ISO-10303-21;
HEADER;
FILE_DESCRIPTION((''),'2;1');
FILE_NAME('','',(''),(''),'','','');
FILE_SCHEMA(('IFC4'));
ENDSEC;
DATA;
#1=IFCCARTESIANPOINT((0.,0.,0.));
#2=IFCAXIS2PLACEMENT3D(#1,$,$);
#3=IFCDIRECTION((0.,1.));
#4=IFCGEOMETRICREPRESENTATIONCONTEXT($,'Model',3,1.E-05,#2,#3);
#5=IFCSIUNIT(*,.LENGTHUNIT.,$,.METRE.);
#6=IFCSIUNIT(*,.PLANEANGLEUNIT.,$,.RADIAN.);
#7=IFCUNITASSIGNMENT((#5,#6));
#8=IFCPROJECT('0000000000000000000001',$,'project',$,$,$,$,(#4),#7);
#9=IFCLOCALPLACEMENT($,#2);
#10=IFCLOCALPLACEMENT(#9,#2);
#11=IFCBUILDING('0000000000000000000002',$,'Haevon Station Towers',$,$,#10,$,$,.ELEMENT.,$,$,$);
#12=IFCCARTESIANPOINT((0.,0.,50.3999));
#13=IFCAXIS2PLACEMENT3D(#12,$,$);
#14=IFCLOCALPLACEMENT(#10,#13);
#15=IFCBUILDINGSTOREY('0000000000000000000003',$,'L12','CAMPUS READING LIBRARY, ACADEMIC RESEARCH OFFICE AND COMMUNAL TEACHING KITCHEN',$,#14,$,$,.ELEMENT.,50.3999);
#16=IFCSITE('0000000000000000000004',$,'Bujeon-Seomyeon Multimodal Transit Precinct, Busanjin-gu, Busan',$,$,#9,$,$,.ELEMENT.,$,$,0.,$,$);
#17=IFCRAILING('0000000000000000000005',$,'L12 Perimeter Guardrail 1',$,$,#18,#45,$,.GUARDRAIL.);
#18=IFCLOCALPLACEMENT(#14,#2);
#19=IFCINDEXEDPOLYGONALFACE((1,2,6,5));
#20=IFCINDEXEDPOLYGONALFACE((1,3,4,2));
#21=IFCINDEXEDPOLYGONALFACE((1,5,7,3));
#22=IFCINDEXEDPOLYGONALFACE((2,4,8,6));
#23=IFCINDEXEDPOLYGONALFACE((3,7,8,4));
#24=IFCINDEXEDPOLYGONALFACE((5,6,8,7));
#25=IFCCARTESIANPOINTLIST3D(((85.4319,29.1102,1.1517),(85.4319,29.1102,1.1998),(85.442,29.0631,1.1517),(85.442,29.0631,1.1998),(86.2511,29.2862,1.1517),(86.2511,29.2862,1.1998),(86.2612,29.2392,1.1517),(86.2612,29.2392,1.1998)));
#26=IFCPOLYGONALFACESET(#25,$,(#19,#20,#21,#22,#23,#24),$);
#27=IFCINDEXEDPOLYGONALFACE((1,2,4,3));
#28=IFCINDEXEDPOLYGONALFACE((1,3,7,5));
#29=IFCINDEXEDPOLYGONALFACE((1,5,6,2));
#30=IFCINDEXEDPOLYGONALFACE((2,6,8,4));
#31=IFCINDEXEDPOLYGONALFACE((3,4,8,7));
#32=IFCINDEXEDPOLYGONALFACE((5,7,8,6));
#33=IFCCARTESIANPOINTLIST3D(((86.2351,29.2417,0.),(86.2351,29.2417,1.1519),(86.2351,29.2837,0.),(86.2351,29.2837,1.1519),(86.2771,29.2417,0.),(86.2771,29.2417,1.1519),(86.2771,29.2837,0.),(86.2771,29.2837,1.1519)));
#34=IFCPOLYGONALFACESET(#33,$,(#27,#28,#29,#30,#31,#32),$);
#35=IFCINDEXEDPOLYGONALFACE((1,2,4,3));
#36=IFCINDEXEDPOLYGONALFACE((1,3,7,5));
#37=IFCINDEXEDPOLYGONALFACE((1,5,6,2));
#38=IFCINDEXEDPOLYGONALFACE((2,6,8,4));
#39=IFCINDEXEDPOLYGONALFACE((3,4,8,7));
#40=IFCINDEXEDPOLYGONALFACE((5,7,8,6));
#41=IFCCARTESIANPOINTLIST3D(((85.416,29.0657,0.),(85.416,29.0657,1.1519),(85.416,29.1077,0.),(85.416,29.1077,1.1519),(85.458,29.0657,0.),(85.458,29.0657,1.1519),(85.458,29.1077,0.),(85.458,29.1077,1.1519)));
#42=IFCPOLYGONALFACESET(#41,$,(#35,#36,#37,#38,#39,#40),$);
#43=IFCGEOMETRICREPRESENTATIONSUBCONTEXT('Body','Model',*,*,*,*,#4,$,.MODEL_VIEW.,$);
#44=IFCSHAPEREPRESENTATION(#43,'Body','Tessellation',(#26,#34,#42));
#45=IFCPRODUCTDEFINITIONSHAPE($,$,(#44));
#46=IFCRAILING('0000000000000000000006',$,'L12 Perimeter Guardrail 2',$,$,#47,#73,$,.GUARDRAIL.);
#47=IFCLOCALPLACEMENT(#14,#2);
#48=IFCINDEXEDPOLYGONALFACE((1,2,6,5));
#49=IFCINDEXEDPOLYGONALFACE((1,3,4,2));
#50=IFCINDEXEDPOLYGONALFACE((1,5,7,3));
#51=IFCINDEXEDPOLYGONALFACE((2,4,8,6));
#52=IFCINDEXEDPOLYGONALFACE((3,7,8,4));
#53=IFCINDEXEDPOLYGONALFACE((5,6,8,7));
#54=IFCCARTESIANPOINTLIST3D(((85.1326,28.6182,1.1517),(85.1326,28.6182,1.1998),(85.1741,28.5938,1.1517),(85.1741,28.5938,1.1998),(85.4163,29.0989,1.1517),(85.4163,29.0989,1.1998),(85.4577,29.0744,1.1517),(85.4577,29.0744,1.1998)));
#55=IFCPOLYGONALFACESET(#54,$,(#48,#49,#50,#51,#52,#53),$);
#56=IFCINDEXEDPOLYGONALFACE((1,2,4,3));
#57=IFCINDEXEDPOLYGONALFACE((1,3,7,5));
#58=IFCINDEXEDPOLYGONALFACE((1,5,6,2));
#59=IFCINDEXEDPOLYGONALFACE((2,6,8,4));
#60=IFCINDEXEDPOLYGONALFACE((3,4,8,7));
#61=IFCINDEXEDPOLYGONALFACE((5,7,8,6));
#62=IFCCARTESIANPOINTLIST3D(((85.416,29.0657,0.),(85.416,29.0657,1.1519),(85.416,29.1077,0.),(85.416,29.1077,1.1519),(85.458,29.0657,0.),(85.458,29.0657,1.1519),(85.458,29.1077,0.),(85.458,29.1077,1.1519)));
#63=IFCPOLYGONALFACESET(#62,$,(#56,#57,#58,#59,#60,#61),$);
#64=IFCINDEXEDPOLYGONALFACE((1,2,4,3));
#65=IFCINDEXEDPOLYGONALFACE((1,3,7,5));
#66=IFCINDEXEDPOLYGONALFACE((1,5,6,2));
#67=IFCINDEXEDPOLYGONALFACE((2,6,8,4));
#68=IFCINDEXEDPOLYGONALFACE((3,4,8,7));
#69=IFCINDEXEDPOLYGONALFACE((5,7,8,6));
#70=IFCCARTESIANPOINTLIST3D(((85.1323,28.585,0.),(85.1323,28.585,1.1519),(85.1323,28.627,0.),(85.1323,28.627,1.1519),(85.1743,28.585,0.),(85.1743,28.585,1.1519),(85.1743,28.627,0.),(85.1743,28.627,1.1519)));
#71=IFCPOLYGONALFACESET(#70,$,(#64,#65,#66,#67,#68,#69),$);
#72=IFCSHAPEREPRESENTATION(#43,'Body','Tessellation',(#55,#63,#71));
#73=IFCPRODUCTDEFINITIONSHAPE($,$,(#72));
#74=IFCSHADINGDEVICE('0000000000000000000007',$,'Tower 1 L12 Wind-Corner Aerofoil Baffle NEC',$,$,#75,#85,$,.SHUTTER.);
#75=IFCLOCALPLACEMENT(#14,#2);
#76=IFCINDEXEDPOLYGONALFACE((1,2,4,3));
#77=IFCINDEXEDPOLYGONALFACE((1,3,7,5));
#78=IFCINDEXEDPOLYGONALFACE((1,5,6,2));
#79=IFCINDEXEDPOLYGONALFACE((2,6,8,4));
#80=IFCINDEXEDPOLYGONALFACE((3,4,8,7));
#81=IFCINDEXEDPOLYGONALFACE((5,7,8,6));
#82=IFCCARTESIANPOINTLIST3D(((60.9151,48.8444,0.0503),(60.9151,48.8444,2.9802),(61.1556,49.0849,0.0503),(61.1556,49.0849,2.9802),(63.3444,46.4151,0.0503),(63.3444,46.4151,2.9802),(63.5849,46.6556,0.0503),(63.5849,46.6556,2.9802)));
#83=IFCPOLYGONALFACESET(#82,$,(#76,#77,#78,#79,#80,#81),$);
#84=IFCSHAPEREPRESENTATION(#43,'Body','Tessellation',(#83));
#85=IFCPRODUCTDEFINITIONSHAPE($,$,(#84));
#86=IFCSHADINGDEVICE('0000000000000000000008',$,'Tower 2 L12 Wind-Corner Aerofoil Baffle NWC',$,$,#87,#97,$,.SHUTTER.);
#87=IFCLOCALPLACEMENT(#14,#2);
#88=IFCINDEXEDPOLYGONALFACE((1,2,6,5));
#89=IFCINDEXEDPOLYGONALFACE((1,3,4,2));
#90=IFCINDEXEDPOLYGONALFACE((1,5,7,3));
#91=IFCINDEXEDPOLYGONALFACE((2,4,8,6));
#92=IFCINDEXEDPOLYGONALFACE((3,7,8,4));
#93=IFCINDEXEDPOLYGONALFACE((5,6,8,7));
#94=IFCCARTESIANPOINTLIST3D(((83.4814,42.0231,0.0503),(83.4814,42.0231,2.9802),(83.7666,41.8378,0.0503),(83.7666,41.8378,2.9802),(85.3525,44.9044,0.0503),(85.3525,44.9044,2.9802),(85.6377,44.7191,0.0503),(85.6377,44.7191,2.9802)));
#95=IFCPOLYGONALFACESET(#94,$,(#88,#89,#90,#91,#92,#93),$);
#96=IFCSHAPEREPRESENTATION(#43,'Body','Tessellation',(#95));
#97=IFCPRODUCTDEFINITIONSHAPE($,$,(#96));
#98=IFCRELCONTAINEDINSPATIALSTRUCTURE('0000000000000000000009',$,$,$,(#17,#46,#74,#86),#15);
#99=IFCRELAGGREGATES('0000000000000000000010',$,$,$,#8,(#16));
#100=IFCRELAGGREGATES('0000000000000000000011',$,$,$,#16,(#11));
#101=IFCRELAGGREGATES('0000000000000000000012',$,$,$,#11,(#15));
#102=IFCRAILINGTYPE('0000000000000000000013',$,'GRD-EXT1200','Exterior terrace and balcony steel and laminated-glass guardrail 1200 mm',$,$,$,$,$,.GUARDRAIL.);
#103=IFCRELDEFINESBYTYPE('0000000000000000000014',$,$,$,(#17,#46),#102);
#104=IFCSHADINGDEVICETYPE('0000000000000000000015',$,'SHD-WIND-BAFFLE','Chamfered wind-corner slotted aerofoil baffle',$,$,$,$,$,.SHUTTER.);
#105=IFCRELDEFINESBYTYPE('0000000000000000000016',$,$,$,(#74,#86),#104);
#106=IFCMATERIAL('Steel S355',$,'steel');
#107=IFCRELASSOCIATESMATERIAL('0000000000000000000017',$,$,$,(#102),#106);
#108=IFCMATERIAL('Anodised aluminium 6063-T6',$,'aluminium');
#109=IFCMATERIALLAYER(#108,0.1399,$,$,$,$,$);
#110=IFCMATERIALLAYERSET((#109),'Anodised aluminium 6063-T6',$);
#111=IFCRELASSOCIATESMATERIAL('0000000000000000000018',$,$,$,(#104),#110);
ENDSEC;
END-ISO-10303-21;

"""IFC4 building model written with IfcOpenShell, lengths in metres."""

from ifc_helpers import new_model, si_unit, direction, frame, origin, origin_2d, place, context, subcontext, project, spatial, rectangle, extrude, material, layer, layer_set, type_object, element, save


model = new_model("IFC4")

# Units and contexts
model_context = context("Model", 3, precision=1e-05, world=origin(), true_north=direction((0.0, 1.0)))
body_context = subcontext(model_context, "Body", "Model", "MODEL_VIEW")
ifc_project = project(units=[si_unit("LENGTHUNIT", "METRE"), si_unit("PLANEANGLEUNIT", "RADIAN")], contexts=[model_context])

# Site, building, storey
site_placement = place(None, origin())
site = spatial("IfcSite", under=ifc_project, at=site_placement, Name="Bujeon-Seomyeon Multimodal Transit Precinct, Busanjin-gu, Busan", CompositionType="ELEMENT", RefElevation=0.0)
building_placement = place(site_placement, origin())
building = spatial("IfcBuilding", under=site, at=building_placement, Name="Haevon Station Towers", CompositionType="ELEMENT")
storey_placement = place(building_placement, frame((0.0, 0.0, 50.3999)))
storey = spatial("IfcBuildingStorey", under=building, at=storey_placement, Name="L12", Description="CAMPUS READING LIBRARY, ACADEMIC RESEARCH OFFICE AND COMMUNAL TEACHING KITCHEN", CompositionType="ELEMENT", Elevation=50.3999)

# Shared definitions
ifc_material_1 = material(Name="Steel S355", Category="steel")

# Railings
railing_type = type_object("IfcRailingType", Name="GRD-EXT1200", Description="Exterior terrace and balcony steel and laminated-glass guardrail 1200 mm", PredefinedType="GUARDRAIL", material=ifc_material_1)
railing_1_placement = place(storey_placement, frame((86.2561, 29.2627, 0.0)))
element("IfcRailing", 1, at=railing_1_placement, inside=storey, type_object=railing_type, Name="L12 Perimeter Guardrail 1", PredefinedType="GUARDRAIL", context=body_context, shape_type="SweptSolid", body=[
    extrude(rectangle(XDim=0.0481, YDim=0.0481, at=origin_2d()), frame((0.0, 0.0, 1.1758), z_axis=(-0.977679, -0.210106, 0.0), x_axis=(0.210106, -0.977679, 0.0)), (0.0, 0.0, 1.0), 0.8379),
    extrude(rectangle(XDim=0.042, YDim=0.042, at=origin_2d()), origin(), (0.0, 0.0, 1.0), 1.1519),
    extrude(rectangle(XDim=0.042, YDim=0.042, at=origin_2d()), frame((-0.8191, -0.176, 0.0)), (0.0, 0.0, 1.0), 1.1519),
])
railing_2_placement = place(storey_placement, frame((85.437, 29.0867, 0.0)))
element("IfcRailing", 2, at=railing_2_placement, inside=storey, type_object=railing_type, Name="L12 Perimeter Guardrail 2", PredefinedType="GUARDRAIL", context=body_context, shape_type="SweptSolid", body=[
    extrude(rectangle(XDim=0.0481, YDim=0.0481, at=origin_2d()), frame((0.0, 0.0, 1.1758), z_axis=(-0.508243, -0.861214, 0.0), x_axis=(0.861214, -0.508243, 0.0)), (0.0, 0.0, 1.0), 0.5581),
    extrude(rectangle(XDim=0.042, YDim=0.042, at=origin_2d()), origin(), (0.0, 0.0, 1.0), 1.1519),
    extrude(rectangle(XDim=0.042, YDim=0.042, at=origin_2d()), frame((-0.2837, -0.4807, 0.0)), (0.0, 0.0, 1.0), 1.1519),
])

# Shading devices
ifc_material_2 = material(Name="Anodised aluminium 6063-T6", Category="aluminium")
ifc_layer_1 = layer(ifc_material_2, 0.1399)
ifc_layer_set_1 = layer_set([ifc_layer_1], Name="Anodised aluminium 6063-T6")
shading_device_type = type_object("IfcShadingDeviceType", Name="SHD-WIND-BAFFLE", Description="Chamfered wind-corner slotted aerofoil baffle", PredefinedType="SHUTTER", material=ifc_layer_set_1)
for number, where, z_axis, x_axis, name in (
    (3, (62.25, 47.75, 0.0503), (0.0, 0.0, 1.0), (0.707107, -0.707107, 0.0), "Tower 1 L12 Wind-Corner Aerofoil Baffle NEC"),
    (4, (84.5596, 43.3711, 0.0503), (0.0, 0.0, 1.0), (0.544639, 0.838671, 0.0), "Tower 2 L12 Wind-Corner Aerofoil Baffle NWC"),
):
    element("IfcShadingDevice", number, at=place(storey_placement, frame(where, z_axis=z_axis, x_axis=x_axis)), inside=storey, type_object=shading_device_type, Name=name, PredefinedType="SHUTTER", context=body_context, shape_type="SweptSolid", body=[
        extrude(rectangle(XDim=3.4355, YDim=0.3401, at=origin_2d()), origin(), (0.0, 0.0, 1.0), 2.9299),
    ])

save(model, "model.ifc")
